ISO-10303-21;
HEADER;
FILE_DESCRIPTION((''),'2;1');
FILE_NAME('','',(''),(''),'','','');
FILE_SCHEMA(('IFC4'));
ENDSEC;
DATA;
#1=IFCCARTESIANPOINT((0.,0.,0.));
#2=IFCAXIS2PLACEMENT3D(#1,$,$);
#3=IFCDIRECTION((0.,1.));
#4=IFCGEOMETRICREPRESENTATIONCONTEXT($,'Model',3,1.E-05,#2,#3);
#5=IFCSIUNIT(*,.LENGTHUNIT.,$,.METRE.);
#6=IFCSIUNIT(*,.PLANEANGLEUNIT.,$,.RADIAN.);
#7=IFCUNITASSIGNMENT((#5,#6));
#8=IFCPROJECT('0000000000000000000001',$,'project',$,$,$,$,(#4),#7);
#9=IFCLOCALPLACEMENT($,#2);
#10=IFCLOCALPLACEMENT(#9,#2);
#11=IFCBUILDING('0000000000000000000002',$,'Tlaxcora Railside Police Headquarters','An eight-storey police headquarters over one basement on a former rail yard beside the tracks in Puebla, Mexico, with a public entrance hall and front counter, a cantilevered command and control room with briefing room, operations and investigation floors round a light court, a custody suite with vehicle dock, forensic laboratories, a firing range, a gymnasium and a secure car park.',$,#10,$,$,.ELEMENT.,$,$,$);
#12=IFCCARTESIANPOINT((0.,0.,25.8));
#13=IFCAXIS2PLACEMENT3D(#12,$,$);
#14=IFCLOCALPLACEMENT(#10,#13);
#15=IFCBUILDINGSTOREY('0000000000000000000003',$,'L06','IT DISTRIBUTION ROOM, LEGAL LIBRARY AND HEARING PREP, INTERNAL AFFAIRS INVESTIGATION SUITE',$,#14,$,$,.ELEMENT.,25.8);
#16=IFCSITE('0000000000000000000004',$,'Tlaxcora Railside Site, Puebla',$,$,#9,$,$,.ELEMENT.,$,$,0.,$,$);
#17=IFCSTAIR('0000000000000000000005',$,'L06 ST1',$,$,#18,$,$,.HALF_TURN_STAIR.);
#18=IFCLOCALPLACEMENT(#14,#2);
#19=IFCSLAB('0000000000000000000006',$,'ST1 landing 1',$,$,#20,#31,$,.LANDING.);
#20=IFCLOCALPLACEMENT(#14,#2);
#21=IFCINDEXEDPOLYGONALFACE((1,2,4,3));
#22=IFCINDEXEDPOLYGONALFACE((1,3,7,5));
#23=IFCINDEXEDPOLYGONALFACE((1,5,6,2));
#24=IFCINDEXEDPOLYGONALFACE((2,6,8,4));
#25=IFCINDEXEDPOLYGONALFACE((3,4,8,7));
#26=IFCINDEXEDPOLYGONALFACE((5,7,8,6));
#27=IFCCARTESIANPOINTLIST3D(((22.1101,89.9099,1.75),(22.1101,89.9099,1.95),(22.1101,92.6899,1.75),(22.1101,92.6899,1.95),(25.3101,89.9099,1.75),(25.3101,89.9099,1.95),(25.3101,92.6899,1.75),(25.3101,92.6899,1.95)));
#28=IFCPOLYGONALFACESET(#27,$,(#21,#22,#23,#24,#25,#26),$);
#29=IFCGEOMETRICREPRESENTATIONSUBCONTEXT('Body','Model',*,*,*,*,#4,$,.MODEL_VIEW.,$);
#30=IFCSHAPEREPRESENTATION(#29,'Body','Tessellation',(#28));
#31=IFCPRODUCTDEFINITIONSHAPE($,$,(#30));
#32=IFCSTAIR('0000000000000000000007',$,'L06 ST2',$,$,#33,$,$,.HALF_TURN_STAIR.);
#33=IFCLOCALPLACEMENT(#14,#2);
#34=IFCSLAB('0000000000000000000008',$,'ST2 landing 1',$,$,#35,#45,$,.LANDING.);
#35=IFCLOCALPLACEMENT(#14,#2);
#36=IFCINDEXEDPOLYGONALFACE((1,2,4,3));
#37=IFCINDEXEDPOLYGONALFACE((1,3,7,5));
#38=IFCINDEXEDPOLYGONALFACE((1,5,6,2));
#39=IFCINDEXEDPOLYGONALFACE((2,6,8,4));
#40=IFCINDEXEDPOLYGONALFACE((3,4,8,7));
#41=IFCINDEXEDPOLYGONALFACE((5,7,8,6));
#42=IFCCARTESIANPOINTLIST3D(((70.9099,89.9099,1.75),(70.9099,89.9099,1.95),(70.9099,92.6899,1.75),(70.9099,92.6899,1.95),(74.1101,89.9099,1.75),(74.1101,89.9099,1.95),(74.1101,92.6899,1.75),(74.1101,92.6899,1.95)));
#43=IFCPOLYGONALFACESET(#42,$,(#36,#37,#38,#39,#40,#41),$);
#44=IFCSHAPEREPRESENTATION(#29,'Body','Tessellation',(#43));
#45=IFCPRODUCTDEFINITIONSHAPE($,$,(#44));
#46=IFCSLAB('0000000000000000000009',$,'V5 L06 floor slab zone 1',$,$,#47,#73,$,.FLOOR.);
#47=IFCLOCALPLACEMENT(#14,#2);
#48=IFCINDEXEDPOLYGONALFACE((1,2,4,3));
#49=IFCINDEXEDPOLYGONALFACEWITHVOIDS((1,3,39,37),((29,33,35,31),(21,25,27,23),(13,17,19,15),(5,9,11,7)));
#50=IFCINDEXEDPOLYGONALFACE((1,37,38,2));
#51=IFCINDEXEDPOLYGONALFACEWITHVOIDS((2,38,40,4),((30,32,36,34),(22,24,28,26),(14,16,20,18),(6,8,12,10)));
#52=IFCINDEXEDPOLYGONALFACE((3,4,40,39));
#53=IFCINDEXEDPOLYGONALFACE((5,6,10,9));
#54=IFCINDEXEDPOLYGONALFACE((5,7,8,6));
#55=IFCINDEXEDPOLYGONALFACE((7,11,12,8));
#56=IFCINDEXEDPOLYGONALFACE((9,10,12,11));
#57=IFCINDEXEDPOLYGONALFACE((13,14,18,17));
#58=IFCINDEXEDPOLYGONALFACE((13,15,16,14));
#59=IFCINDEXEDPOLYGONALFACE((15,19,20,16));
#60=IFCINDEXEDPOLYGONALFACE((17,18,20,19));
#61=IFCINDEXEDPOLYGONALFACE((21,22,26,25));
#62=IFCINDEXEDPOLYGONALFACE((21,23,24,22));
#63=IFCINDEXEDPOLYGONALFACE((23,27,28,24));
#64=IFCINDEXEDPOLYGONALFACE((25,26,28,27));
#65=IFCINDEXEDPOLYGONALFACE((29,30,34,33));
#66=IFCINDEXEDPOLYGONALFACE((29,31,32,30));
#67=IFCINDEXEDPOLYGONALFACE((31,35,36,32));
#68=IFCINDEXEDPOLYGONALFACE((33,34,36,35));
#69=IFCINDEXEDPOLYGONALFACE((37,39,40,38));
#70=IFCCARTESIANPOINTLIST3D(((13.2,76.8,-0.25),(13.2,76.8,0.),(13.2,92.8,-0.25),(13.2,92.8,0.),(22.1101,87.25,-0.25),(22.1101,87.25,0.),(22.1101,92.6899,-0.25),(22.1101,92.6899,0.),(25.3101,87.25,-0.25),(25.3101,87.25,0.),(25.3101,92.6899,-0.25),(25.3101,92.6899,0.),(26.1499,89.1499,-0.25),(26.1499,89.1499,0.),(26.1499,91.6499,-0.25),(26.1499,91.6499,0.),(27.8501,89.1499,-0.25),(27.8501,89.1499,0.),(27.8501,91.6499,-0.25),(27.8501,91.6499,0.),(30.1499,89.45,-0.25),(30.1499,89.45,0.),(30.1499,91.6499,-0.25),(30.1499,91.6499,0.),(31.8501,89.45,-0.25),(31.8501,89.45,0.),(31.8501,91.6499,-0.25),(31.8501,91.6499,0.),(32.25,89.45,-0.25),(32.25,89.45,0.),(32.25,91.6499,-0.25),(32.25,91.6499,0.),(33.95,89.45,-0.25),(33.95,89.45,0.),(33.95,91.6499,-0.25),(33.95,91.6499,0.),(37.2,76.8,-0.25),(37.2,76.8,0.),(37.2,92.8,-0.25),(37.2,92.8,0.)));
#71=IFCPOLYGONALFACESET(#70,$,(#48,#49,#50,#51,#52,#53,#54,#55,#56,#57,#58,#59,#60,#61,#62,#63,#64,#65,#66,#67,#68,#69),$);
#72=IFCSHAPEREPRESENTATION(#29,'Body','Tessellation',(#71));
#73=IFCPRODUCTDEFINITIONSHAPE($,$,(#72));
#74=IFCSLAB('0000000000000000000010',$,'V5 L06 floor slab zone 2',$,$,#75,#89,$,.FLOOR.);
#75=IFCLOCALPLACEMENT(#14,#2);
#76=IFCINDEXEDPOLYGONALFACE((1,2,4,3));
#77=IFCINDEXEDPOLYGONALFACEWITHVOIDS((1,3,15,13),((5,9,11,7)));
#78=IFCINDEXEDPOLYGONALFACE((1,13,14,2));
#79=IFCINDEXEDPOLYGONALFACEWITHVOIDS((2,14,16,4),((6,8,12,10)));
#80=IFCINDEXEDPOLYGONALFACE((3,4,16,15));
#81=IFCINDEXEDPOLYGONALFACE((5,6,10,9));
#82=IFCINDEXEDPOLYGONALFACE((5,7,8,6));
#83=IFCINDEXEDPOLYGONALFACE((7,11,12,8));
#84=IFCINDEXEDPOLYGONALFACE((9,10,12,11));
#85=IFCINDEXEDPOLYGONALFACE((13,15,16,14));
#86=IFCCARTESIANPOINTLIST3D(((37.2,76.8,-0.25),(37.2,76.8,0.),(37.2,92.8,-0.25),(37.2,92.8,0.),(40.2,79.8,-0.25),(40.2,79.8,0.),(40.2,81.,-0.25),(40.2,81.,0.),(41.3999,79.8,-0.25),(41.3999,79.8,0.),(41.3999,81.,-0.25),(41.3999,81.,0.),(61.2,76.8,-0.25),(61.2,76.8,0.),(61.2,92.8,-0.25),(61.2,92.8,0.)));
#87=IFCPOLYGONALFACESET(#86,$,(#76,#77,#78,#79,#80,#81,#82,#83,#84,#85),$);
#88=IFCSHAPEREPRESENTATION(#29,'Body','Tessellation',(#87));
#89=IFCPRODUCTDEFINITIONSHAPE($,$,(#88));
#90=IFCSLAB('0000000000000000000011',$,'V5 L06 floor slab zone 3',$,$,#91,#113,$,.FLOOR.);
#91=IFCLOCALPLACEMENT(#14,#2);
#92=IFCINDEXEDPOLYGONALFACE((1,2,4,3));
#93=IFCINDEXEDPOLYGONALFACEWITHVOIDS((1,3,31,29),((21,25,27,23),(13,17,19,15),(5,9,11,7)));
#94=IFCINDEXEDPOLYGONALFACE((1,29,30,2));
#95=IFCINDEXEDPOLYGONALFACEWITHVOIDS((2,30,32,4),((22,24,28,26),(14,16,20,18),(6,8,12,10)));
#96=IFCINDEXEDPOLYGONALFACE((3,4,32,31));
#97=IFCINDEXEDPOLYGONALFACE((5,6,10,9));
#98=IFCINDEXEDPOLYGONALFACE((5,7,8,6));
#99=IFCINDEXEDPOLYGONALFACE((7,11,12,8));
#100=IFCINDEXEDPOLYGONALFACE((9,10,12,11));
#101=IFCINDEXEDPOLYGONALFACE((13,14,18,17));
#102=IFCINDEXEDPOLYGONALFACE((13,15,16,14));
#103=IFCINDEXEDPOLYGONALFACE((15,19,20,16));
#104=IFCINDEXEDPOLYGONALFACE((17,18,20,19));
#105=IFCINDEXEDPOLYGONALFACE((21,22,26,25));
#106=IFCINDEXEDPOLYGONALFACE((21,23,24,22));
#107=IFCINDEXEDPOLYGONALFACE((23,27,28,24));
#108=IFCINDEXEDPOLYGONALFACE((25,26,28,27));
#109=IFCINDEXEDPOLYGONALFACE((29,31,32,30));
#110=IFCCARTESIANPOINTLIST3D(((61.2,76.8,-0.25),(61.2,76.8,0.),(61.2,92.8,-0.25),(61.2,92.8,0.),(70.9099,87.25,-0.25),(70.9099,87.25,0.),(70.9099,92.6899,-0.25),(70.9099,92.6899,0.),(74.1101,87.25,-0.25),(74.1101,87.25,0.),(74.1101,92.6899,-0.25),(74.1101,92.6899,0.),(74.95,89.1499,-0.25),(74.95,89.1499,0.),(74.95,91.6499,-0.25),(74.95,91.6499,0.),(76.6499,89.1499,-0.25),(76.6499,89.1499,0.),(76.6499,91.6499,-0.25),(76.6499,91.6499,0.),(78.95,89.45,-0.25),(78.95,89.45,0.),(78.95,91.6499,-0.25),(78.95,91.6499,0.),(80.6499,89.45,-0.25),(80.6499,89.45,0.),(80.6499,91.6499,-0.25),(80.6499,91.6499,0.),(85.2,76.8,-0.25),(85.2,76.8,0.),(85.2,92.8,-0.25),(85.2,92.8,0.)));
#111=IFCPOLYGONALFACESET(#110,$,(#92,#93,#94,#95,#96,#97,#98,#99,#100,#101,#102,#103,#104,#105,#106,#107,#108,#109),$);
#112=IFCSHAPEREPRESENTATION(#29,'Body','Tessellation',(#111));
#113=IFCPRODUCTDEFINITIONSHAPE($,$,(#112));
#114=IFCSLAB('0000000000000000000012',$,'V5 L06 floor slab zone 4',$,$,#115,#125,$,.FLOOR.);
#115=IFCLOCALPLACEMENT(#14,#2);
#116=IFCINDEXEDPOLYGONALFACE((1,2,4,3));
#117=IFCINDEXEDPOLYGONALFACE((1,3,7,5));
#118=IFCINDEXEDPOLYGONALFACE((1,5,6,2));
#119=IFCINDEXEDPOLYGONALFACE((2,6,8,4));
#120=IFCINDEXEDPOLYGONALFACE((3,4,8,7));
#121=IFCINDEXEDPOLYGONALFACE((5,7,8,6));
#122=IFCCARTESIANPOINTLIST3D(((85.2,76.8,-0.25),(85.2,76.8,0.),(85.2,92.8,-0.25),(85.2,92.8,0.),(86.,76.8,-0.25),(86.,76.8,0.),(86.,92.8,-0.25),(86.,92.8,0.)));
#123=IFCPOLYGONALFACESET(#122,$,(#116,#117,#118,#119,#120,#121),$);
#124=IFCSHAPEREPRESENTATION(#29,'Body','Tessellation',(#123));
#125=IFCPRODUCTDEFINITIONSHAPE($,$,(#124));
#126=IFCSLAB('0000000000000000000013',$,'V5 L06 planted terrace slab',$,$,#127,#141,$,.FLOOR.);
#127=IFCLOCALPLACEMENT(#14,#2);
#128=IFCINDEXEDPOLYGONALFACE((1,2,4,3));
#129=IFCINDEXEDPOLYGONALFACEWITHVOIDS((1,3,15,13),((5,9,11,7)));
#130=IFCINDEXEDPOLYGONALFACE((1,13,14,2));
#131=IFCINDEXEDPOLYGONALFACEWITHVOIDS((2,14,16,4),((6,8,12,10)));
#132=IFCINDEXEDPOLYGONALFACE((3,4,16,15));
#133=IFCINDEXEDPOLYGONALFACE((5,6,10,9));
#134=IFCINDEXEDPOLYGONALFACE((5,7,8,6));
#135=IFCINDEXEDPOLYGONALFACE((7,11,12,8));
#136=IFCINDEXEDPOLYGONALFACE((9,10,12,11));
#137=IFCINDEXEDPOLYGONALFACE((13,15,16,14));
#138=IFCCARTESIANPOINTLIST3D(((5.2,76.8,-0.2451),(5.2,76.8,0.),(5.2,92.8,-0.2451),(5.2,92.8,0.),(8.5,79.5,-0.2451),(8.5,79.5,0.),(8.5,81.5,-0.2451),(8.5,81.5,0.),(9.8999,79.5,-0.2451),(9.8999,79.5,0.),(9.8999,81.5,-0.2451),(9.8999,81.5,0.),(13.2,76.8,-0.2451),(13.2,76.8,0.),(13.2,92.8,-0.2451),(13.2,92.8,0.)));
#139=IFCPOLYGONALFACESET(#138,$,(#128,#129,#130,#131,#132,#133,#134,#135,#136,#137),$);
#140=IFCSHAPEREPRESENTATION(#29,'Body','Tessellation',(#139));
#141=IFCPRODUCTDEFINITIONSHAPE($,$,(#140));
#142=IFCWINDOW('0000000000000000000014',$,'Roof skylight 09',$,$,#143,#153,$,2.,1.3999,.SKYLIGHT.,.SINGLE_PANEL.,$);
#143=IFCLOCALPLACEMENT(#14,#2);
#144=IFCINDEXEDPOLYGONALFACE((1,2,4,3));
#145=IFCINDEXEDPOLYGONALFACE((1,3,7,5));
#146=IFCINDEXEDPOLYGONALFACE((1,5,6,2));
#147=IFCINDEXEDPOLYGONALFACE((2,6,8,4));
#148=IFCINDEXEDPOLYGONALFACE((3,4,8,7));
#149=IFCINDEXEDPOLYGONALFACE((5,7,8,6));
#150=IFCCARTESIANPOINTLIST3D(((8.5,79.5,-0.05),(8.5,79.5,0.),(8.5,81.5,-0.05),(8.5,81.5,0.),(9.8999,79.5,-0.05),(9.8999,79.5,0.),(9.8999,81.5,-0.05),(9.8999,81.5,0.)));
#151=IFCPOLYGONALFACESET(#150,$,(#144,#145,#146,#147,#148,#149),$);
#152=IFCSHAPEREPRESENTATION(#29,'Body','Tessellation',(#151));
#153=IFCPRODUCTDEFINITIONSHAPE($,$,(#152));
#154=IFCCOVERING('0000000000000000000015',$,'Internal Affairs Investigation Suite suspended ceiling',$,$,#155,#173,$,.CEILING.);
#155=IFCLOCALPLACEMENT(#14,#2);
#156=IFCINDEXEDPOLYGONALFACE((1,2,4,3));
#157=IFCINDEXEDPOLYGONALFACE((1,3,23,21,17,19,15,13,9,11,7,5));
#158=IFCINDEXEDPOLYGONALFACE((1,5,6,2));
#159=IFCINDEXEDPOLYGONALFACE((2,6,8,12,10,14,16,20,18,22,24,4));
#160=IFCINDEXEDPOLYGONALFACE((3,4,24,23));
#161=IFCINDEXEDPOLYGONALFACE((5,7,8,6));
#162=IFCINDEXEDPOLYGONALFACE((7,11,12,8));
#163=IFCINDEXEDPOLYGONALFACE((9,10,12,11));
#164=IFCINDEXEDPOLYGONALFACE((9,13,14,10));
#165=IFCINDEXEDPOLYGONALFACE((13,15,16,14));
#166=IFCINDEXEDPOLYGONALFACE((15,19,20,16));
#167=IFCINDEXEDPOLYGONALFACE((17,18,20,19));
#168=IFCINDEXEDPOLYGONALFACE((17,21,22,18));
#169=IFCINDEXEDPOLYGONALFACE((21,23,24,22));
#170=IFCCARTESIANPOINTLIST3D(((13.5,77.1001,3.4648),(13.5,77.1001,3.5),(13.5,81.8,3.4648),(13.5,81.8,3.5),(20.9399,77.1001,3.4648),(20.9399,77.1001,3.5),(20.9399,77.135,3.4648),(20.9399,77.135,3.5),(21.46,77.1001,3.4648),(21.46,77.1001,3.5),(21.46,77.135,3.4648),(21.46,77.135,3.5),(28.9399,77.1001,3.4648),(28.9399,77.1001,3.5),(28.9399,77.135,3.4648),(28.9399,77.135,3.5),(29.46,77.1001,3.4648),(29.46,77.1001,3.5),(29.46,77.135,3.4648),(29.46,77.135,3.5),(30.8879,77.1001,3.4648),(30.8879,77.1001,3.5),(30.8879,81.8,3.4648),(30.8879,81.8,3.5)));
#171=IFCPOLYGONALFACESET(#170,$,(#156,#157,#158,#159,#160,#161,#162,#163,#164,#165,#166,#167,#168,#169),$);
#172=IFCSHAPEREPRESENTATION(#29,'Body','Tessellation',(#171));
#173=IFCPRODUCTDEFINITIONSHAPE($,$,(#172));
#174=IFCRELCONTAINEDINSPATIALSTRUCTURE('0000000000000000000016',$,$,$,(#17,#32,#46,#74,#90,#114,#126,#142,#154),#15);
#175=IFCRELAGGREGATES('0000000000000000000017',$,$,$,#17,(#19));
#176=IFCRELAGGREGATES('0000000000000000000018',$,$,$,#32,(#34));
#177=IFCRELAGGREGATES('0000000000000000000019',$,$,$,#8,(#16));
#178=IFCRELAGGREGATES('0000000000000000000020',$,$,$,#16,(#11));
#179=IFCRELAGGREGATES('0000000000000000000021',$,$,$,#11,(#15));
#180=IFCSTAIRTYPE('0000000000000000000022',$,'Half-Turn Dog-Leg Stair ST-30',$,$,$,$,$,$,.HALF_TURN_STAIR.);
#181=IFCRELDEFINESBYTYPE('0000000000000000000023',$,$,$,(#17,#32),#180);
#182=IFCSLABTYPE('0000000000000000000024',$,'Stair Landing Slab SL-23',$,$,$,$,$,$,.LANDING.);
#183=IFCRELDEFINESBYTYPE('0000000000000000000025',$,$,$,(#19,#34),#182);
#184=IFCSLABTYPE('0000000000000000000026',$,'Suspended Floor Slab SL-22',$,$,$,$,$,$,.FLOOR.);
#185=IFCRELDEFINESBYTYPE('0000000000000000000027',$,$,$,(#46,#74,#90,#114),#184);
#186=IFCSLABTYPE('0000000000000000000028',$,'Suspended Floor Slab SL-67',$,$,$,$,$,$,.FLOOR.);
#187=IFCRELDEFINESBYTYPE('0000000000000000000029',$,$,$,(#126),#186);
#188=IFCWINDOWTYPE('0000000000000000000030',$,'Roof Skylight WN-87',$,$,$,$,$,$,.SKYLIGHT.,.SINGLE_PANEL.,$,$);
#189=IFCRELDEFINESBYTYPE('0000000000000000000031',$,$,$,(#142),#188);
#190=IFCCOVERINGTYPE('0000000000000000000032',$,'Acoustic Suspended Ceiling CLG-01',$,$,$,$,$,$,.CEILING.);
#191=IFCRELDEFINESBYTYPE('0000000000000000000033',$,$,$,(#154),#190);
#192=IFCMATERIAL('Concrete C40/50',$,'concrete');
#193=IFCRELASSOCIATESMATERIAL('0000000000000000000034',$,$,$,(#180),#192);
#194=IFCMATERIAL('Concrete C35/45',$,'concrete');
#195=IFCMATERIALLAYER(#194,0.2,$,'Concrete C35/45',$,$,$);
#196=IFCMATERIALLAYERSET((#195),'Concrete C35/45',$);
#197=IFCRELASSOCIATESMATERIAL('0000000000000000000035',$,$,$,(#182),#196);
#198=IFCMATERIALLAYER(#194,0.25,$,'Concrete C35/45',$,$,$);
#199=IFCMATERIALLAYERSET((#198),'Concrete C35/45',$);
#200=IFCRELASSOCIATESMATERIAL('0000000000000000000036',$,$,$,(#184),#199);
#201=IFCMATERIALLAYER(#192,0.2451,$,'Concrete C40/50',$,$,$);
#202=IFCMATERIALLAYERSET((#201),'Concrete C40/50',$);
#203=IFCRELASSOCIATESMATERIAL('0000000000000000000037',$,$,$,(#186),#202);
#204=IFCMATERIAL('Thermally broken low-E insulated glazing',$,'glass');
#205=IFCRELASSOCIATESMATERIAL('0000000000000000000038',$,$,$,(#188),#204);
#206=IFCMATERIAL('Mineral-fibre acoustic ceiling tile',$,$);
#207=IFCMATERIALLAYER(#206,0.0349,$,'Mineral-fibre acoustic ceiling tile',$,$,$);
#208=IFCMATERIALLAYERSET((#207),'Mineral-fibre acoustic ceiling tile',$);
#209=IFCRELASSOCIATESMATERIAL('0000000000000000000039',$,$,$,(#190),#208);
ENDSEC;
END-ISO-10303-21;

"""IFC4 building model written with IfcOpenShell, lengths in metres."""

from ifc_helpers import new_model, si_unit, direction, frame, origin, origin_2d, place, context, subcontext, project, spatial, polyline, rectangle, outline, extrude, material, layer, layer_set, type_object, element, fill, aggregate, save


model = new_model("IFC4")

# Units and contexts
model_context = context("Model", 3, precision=1e-05, world=origin(), true_north=direction((0.0, 1.0)))
body_context = subcontext(model_context, "Body", "Model", "MODEL_VIEW")
ifc_project = project(units=[si_unit("LENGTHUNIT", "METRE"), si_unit("PLANEANGLEUNIT", "RADIAN")], contexts=[model_context])

# Site, building, storey
site_placement = place(None, origin())
site = spatial("IfcSite", under=ifc_project, at=site_placement, Name="Tlaxcora Railside Site, Puebla", CompositionType="ELEMENT", RefElevation=0.0)
building_placement = place(site_placement, origin())
building = spatial("IfcBuilding", under=site, at=building_placement, Name="Tlaxcora Railside Police Headquarters", Description="An eight-storey police headquarters over one basement on a former rail yard beside the tracks in Puebla, Mexico, with a public entrance hall and front counter, a cantilevered command and control room with briefing room, operations and investigation floors round a light court, a custody suite with vehicle dock, forensic laboratories, a firing range, a gymnasium and a secure car park.", CompositionType="ELEMENT")
storey_placement = place(building_placement, frame((0.0, 0.0, 25.8)))
storey = spatial("IfcBuildingStorey", under=building, at=storey_placement, Name="L06", Description="IT DISTRIBUTION ROOM, LEGAL LIBRARY AND HEARING PREP, INTERNAL AFFAIRS INVESTIGATION SUITE", CompositionType="ELEMENT", Elevation=25.8)

# Stairs, slabs
ifc_material_1 = material(Name="Concrete C40/50", Category="concrete")
stair_type = type_object("IfcStairType", Name="Half-Turn Dog-Leg Stair ST-30", PredefinedType="HALF_TURN_STAIR", material=ifc_material_1)
stair_1_placement = place(storey_placement, origin())
stair_1 = element("IfcStair", 1, at=stair_1_placement, inside=storey, type_object=stair_type, Name="L06 ST1", PredefinedType="HALF_TURN_STAIR")
ifc_material_2 = material(Name="Concrete C35/45", Category="concrete")
ifc_layer_1 = layer(ifc_material_2, 0.2, Name="Concrete C35/45")
ifc_layer_set_1 = layer_set([ifc_layer_1], Name="Concrete C35/45")
slab_type_1 = type_object("IfcSlabType", Name="Stair Landing Slab SL-23", PredefinedType="LANDING", material=ifc_layer_set_1)
slab_1_placement = place(storey_placement, frame((0.0, 0.0, 1.75)))
slab_1 = element("IfcSlab", 2, at=slab_1_placement, type_object=slab_type_1, Name="ST1 landing 1", PredefinedType="LANDING", context=body_context, shape_type="SweptSolid", body=[
    extrude(outline(polyline([(25.3101, 89.9099), (25.3101, 92.6899), (22.1101, 92.6899), (22.1101, 89.9099), (25.3101, 89.9099)])), origin(), (0.0, 0.0, 1.0), 0.2),
])
aggregate(stair_1, [slab_1])
stair_2_placement = place(storey_placement, origin())
stair_2 = element("IfcStair", 3, at=stair_2_placement, inside=storey, type_object=stair_type, Name="L06 ST2", PredefinedType="HALF_TURN_STAIR")
slab_2_placement = place(storey_placement, frame((0.0, 0.0, 1.75)))
slab_2 = element("IfcSlab", 4, at=slab_2_placement, type_object=slab_type_1, Name="ST2 landing 1", PredefinedType="LANDING", context=body_context, shape_type="SweptSolid", body=[
    extrude(outline(polyline([(74.1101, 89.9099), (74.1101, 92.6899), (70.9099, 92.6899), (70.9099, 89.9099), (74.1101, 89.9099)])), origin(), (0.0, 0.0, 1.0), 0.2),
])
aggregate(stair_2, [slab_2])

# Slabs
ifc_layer_2 = layer(ifc_material_2, 0.25, Name="Concrete C35/45")
ifc_layer_set_2 = layer_set([ifc_layer_2], Name="Concrete C35/45")
slab_type_2 = type_object("IfcSlabType", Name="Suspended Floor Slab SL-22", PredefinedType="FLOOR", material=ifc_layer_set_2)
slab_3_placement = place(storey_placement, frame((0.0, 0.0, -0.25)))
element("IfcSlab", 5, at=slab_3_placement, inside=storey, type_object=slab_type_2, Name="V5 L06 floor slab zone 1", PredefinedType="FLOOR", context=body_context, shape_type="SweptSolid", body=[
    extrude(outline(polyline([(37.2, 92.8), (13.2, 92.8), (13.2, 76.8), (37.2, 76.8), (37.2, 92.8)]), holes=[polyline([(22.1101, 92.6899), (25.3101, 92.6899), (25.3101, 87.25), (22.1101, 87.25), (22.1101, 92.6899)]), polyline([(27.8501, 91.6499), (27.8501, 89.1499), (26.1499, 89.1499), (26.1499, 91.6499), (27.8501, 91.6499)]), polyline([(31.8501, 89.45), (30.1499, 89.45), (30.1499, 91.6499), (31.8501, 91.6499), (31.8501, 89.45)]), polyline([(32.25, 89.45), (32.25, 91.6499), (33.95, 91.6499), (33.95, 89.45), (32.25, 89.45)])]), origin(), (0.0, 0.0, 1.0), 0.25),
])
slab_4_placement = place(storey_placement, frame((0.0, 0.0, -0.25)))
element("IfcSlab", 6, at=slab_4_placement, inside=storey, type_object=slab_type_2, Name="V5 L06 floor slab zone 2", PredefinedType="FLOOR", context=body_context, shape_type="SweptSolid", body=[
    extrude(outline(polyline([(61.2, 76.8), (61.2, 92.8), (37.2, 92.8), (37.2, 76.8), (61.2, 76.8)]), holes=[polyline([(41.3999, 79.8), (40.2, 79.8), (40.2, 81.0), (41.3999, 81.0), (41.3999, 79.8)])]), origin(), (0.0, 0.0, 1.0), 0.25),
])
slab_5_placement = place(storey_placement, frame((0.0, 0.0, -0.25)))
element("IfcSlab", 7, at=slab_5_placement, inside=storey, type_object=slab_type_2, Name="V5 L06 floor slab zone 3", PredefinedType="FLOOR", context=body_context, shape_type="SweptSolid", body=[
    extrude(outline(polyline([(85.2, 92.8), (61.2, 92.8), (61.2, 76.8), (85.2, 76.8), (85.2, 92.8)]), holes=[polyline([(70.9099, 92.6899), (74.1101, 92.6899), (74.1101, 87.25), (70.9099, 87.25), (70.9099, 92.6899)]), polyline([(76.6499, 91.6499), (76.6499, 89.1499), (74.95, 89.1499), (74.95, 91.6499), (76.6499, 91.6499)]), polyline([(80.6499, 89.45), (78.95, 89.45), (78.95, 91.6499), (80.6499, 91.6499), (80.6499, 89.45)])]), origin(), (0.0, 0.0, 1.0), 0.25),
])
slab_6_placement = place(storey_placement, frame((0.0, 0.0, -0.25)))
element("IfcSlab", 8, at=slab_6_placement, inside=storey, type_object=slab_type_2, Name="V5 L06 floor slab zone 4", PredefinedType="FLOOR", context=body_context, shape_type="SweptSolid", body=[
    extrude(outline(polyline([(86.0, 92.8), (85.2, 92.8), (85.2, 76.8), (86.0, 76.8), (86.0, 92.8)])), origin(), (0.0, 0.0, 1.0), 0.25),
])

# Slab, opening, window
ifc_layer_3 = layer(ifc_material_1, 0.2451, Name="Concrete C40/50")
ifc_layer_set_3 = layer_set([ifc_layer_3], Name="Concrete C40/50")
slab_type_3 = type_object("IfcSlabType", Name="Suspended Floor Slab SL-67", PredefinedType="FLOOR", material=ifc_layer_set_3)
slab_7_placement = place(storey_placement, frame((0.0, 0.0, -0.2451)))
slab_7 = element("IfcSlab", 9, at=slab_7_placement, inside=storey, type_object=slab_type_3, Name="V5 L06 planted terrace slab", PredefinedType="FLOOR", context=body_context, shape_type="SweptSolid", body=[
    extrude(outline(polyline([(13.2, 76.8), (13.2, 92.8), (5.2, 92.8), (5.2, 76.8), (13.2, 76.8)])), origin(), (0.0, 0.0, 1.0), 0.2451),
])
opening_placement = place(slab_7_placement, frame((9.2, 80.5, -0.01)))
opening = element("IfcOpeningElement", 10, at=opening_placement, cuts=slab_7, PredefinedType="OPENING", context=body_context, shape_type="SweptSolid", body=[
    extrude(rectangle(XDim=1.3999, YDim=2.0, at=origin_2d()), origin(), (0.0, 0.0, 1.0), 0.2651),
])
ifc_material_3 = material(Name="Thermally broken low-E insulated glazing", Category="glass")
window_type = type_object("IfcWindowType", Name="Roof Skylight WN-87", PartitioningType="SINGLE_PANEL", PredefinedType="SKYLIGHT", material=ifc_material_3)
window_placement = place(opening_placement, frame((0.0, 0.0, 0.2051)))
window = element("IfcWindow", 11, at=window_placement, inside=storey, type_object=window_type, Name="Roof skylight 09", OverallHeight=2.0, OverallWidth=1.3999, PartitioningType="SINGLE_PANEL", PredefinedType="SKYLIGHT", context=body_context, shape_type="SweptSolid", body=[
    extrude(rectangle(XDim=1.3999, YDim=2.0, at=origin_2d()), origin(), (0.0, 0.0, 1.0), 0.05),
])
fill(opening, window)

# Covering
ifc_material_4 = material(Name="Mineral-fibre acoustic ceiling tile")
ifc_layer_4 = layer(ifc_material_4, 0.0349, Name="Mineral-fibre acoustic ceiling tile")
ifc_layer_set_4 = layer_set([ifc_layer_4], Name="Mineral-fibre acoustic ceiling tile")
covering_type_1 = type_object("IfcCoveringType", Name="Acoustic Suspended Ceiling CLG-01", PredefinedType="CEILING", material=ifc_layer_set_4)
covering_1_placement = place(storey_placement, frame((0.0, 0.0, 3.4648)))
element("IfcCovering", 12, at=covering_1_placement, inside=storey, type_object=covering_type_1, Name="Internal Affairs Investigation Suite suspended ceiling", PredefinedType="CEILING", context=body_context, shape_type="SweptSolid", body=[
    extrude(outline(polyline([(30.8879, 77.1001), (30.8879, 81.8), (13.5, 81.8), (13.5, 77.1001), (20.9399, 77.1001), (20.9399, 77.135), (21.46, 77.135), (21.46, 77.1001), (28.9399, 77.1001), (28.9399, 77.135), (29.46, 77.135), (29.46, 77.1001), (30.8879, 77.1001)])), origin(), (0.0, 0.0, 1.0), 0.0352),
])

save(model, "model.ifc")
